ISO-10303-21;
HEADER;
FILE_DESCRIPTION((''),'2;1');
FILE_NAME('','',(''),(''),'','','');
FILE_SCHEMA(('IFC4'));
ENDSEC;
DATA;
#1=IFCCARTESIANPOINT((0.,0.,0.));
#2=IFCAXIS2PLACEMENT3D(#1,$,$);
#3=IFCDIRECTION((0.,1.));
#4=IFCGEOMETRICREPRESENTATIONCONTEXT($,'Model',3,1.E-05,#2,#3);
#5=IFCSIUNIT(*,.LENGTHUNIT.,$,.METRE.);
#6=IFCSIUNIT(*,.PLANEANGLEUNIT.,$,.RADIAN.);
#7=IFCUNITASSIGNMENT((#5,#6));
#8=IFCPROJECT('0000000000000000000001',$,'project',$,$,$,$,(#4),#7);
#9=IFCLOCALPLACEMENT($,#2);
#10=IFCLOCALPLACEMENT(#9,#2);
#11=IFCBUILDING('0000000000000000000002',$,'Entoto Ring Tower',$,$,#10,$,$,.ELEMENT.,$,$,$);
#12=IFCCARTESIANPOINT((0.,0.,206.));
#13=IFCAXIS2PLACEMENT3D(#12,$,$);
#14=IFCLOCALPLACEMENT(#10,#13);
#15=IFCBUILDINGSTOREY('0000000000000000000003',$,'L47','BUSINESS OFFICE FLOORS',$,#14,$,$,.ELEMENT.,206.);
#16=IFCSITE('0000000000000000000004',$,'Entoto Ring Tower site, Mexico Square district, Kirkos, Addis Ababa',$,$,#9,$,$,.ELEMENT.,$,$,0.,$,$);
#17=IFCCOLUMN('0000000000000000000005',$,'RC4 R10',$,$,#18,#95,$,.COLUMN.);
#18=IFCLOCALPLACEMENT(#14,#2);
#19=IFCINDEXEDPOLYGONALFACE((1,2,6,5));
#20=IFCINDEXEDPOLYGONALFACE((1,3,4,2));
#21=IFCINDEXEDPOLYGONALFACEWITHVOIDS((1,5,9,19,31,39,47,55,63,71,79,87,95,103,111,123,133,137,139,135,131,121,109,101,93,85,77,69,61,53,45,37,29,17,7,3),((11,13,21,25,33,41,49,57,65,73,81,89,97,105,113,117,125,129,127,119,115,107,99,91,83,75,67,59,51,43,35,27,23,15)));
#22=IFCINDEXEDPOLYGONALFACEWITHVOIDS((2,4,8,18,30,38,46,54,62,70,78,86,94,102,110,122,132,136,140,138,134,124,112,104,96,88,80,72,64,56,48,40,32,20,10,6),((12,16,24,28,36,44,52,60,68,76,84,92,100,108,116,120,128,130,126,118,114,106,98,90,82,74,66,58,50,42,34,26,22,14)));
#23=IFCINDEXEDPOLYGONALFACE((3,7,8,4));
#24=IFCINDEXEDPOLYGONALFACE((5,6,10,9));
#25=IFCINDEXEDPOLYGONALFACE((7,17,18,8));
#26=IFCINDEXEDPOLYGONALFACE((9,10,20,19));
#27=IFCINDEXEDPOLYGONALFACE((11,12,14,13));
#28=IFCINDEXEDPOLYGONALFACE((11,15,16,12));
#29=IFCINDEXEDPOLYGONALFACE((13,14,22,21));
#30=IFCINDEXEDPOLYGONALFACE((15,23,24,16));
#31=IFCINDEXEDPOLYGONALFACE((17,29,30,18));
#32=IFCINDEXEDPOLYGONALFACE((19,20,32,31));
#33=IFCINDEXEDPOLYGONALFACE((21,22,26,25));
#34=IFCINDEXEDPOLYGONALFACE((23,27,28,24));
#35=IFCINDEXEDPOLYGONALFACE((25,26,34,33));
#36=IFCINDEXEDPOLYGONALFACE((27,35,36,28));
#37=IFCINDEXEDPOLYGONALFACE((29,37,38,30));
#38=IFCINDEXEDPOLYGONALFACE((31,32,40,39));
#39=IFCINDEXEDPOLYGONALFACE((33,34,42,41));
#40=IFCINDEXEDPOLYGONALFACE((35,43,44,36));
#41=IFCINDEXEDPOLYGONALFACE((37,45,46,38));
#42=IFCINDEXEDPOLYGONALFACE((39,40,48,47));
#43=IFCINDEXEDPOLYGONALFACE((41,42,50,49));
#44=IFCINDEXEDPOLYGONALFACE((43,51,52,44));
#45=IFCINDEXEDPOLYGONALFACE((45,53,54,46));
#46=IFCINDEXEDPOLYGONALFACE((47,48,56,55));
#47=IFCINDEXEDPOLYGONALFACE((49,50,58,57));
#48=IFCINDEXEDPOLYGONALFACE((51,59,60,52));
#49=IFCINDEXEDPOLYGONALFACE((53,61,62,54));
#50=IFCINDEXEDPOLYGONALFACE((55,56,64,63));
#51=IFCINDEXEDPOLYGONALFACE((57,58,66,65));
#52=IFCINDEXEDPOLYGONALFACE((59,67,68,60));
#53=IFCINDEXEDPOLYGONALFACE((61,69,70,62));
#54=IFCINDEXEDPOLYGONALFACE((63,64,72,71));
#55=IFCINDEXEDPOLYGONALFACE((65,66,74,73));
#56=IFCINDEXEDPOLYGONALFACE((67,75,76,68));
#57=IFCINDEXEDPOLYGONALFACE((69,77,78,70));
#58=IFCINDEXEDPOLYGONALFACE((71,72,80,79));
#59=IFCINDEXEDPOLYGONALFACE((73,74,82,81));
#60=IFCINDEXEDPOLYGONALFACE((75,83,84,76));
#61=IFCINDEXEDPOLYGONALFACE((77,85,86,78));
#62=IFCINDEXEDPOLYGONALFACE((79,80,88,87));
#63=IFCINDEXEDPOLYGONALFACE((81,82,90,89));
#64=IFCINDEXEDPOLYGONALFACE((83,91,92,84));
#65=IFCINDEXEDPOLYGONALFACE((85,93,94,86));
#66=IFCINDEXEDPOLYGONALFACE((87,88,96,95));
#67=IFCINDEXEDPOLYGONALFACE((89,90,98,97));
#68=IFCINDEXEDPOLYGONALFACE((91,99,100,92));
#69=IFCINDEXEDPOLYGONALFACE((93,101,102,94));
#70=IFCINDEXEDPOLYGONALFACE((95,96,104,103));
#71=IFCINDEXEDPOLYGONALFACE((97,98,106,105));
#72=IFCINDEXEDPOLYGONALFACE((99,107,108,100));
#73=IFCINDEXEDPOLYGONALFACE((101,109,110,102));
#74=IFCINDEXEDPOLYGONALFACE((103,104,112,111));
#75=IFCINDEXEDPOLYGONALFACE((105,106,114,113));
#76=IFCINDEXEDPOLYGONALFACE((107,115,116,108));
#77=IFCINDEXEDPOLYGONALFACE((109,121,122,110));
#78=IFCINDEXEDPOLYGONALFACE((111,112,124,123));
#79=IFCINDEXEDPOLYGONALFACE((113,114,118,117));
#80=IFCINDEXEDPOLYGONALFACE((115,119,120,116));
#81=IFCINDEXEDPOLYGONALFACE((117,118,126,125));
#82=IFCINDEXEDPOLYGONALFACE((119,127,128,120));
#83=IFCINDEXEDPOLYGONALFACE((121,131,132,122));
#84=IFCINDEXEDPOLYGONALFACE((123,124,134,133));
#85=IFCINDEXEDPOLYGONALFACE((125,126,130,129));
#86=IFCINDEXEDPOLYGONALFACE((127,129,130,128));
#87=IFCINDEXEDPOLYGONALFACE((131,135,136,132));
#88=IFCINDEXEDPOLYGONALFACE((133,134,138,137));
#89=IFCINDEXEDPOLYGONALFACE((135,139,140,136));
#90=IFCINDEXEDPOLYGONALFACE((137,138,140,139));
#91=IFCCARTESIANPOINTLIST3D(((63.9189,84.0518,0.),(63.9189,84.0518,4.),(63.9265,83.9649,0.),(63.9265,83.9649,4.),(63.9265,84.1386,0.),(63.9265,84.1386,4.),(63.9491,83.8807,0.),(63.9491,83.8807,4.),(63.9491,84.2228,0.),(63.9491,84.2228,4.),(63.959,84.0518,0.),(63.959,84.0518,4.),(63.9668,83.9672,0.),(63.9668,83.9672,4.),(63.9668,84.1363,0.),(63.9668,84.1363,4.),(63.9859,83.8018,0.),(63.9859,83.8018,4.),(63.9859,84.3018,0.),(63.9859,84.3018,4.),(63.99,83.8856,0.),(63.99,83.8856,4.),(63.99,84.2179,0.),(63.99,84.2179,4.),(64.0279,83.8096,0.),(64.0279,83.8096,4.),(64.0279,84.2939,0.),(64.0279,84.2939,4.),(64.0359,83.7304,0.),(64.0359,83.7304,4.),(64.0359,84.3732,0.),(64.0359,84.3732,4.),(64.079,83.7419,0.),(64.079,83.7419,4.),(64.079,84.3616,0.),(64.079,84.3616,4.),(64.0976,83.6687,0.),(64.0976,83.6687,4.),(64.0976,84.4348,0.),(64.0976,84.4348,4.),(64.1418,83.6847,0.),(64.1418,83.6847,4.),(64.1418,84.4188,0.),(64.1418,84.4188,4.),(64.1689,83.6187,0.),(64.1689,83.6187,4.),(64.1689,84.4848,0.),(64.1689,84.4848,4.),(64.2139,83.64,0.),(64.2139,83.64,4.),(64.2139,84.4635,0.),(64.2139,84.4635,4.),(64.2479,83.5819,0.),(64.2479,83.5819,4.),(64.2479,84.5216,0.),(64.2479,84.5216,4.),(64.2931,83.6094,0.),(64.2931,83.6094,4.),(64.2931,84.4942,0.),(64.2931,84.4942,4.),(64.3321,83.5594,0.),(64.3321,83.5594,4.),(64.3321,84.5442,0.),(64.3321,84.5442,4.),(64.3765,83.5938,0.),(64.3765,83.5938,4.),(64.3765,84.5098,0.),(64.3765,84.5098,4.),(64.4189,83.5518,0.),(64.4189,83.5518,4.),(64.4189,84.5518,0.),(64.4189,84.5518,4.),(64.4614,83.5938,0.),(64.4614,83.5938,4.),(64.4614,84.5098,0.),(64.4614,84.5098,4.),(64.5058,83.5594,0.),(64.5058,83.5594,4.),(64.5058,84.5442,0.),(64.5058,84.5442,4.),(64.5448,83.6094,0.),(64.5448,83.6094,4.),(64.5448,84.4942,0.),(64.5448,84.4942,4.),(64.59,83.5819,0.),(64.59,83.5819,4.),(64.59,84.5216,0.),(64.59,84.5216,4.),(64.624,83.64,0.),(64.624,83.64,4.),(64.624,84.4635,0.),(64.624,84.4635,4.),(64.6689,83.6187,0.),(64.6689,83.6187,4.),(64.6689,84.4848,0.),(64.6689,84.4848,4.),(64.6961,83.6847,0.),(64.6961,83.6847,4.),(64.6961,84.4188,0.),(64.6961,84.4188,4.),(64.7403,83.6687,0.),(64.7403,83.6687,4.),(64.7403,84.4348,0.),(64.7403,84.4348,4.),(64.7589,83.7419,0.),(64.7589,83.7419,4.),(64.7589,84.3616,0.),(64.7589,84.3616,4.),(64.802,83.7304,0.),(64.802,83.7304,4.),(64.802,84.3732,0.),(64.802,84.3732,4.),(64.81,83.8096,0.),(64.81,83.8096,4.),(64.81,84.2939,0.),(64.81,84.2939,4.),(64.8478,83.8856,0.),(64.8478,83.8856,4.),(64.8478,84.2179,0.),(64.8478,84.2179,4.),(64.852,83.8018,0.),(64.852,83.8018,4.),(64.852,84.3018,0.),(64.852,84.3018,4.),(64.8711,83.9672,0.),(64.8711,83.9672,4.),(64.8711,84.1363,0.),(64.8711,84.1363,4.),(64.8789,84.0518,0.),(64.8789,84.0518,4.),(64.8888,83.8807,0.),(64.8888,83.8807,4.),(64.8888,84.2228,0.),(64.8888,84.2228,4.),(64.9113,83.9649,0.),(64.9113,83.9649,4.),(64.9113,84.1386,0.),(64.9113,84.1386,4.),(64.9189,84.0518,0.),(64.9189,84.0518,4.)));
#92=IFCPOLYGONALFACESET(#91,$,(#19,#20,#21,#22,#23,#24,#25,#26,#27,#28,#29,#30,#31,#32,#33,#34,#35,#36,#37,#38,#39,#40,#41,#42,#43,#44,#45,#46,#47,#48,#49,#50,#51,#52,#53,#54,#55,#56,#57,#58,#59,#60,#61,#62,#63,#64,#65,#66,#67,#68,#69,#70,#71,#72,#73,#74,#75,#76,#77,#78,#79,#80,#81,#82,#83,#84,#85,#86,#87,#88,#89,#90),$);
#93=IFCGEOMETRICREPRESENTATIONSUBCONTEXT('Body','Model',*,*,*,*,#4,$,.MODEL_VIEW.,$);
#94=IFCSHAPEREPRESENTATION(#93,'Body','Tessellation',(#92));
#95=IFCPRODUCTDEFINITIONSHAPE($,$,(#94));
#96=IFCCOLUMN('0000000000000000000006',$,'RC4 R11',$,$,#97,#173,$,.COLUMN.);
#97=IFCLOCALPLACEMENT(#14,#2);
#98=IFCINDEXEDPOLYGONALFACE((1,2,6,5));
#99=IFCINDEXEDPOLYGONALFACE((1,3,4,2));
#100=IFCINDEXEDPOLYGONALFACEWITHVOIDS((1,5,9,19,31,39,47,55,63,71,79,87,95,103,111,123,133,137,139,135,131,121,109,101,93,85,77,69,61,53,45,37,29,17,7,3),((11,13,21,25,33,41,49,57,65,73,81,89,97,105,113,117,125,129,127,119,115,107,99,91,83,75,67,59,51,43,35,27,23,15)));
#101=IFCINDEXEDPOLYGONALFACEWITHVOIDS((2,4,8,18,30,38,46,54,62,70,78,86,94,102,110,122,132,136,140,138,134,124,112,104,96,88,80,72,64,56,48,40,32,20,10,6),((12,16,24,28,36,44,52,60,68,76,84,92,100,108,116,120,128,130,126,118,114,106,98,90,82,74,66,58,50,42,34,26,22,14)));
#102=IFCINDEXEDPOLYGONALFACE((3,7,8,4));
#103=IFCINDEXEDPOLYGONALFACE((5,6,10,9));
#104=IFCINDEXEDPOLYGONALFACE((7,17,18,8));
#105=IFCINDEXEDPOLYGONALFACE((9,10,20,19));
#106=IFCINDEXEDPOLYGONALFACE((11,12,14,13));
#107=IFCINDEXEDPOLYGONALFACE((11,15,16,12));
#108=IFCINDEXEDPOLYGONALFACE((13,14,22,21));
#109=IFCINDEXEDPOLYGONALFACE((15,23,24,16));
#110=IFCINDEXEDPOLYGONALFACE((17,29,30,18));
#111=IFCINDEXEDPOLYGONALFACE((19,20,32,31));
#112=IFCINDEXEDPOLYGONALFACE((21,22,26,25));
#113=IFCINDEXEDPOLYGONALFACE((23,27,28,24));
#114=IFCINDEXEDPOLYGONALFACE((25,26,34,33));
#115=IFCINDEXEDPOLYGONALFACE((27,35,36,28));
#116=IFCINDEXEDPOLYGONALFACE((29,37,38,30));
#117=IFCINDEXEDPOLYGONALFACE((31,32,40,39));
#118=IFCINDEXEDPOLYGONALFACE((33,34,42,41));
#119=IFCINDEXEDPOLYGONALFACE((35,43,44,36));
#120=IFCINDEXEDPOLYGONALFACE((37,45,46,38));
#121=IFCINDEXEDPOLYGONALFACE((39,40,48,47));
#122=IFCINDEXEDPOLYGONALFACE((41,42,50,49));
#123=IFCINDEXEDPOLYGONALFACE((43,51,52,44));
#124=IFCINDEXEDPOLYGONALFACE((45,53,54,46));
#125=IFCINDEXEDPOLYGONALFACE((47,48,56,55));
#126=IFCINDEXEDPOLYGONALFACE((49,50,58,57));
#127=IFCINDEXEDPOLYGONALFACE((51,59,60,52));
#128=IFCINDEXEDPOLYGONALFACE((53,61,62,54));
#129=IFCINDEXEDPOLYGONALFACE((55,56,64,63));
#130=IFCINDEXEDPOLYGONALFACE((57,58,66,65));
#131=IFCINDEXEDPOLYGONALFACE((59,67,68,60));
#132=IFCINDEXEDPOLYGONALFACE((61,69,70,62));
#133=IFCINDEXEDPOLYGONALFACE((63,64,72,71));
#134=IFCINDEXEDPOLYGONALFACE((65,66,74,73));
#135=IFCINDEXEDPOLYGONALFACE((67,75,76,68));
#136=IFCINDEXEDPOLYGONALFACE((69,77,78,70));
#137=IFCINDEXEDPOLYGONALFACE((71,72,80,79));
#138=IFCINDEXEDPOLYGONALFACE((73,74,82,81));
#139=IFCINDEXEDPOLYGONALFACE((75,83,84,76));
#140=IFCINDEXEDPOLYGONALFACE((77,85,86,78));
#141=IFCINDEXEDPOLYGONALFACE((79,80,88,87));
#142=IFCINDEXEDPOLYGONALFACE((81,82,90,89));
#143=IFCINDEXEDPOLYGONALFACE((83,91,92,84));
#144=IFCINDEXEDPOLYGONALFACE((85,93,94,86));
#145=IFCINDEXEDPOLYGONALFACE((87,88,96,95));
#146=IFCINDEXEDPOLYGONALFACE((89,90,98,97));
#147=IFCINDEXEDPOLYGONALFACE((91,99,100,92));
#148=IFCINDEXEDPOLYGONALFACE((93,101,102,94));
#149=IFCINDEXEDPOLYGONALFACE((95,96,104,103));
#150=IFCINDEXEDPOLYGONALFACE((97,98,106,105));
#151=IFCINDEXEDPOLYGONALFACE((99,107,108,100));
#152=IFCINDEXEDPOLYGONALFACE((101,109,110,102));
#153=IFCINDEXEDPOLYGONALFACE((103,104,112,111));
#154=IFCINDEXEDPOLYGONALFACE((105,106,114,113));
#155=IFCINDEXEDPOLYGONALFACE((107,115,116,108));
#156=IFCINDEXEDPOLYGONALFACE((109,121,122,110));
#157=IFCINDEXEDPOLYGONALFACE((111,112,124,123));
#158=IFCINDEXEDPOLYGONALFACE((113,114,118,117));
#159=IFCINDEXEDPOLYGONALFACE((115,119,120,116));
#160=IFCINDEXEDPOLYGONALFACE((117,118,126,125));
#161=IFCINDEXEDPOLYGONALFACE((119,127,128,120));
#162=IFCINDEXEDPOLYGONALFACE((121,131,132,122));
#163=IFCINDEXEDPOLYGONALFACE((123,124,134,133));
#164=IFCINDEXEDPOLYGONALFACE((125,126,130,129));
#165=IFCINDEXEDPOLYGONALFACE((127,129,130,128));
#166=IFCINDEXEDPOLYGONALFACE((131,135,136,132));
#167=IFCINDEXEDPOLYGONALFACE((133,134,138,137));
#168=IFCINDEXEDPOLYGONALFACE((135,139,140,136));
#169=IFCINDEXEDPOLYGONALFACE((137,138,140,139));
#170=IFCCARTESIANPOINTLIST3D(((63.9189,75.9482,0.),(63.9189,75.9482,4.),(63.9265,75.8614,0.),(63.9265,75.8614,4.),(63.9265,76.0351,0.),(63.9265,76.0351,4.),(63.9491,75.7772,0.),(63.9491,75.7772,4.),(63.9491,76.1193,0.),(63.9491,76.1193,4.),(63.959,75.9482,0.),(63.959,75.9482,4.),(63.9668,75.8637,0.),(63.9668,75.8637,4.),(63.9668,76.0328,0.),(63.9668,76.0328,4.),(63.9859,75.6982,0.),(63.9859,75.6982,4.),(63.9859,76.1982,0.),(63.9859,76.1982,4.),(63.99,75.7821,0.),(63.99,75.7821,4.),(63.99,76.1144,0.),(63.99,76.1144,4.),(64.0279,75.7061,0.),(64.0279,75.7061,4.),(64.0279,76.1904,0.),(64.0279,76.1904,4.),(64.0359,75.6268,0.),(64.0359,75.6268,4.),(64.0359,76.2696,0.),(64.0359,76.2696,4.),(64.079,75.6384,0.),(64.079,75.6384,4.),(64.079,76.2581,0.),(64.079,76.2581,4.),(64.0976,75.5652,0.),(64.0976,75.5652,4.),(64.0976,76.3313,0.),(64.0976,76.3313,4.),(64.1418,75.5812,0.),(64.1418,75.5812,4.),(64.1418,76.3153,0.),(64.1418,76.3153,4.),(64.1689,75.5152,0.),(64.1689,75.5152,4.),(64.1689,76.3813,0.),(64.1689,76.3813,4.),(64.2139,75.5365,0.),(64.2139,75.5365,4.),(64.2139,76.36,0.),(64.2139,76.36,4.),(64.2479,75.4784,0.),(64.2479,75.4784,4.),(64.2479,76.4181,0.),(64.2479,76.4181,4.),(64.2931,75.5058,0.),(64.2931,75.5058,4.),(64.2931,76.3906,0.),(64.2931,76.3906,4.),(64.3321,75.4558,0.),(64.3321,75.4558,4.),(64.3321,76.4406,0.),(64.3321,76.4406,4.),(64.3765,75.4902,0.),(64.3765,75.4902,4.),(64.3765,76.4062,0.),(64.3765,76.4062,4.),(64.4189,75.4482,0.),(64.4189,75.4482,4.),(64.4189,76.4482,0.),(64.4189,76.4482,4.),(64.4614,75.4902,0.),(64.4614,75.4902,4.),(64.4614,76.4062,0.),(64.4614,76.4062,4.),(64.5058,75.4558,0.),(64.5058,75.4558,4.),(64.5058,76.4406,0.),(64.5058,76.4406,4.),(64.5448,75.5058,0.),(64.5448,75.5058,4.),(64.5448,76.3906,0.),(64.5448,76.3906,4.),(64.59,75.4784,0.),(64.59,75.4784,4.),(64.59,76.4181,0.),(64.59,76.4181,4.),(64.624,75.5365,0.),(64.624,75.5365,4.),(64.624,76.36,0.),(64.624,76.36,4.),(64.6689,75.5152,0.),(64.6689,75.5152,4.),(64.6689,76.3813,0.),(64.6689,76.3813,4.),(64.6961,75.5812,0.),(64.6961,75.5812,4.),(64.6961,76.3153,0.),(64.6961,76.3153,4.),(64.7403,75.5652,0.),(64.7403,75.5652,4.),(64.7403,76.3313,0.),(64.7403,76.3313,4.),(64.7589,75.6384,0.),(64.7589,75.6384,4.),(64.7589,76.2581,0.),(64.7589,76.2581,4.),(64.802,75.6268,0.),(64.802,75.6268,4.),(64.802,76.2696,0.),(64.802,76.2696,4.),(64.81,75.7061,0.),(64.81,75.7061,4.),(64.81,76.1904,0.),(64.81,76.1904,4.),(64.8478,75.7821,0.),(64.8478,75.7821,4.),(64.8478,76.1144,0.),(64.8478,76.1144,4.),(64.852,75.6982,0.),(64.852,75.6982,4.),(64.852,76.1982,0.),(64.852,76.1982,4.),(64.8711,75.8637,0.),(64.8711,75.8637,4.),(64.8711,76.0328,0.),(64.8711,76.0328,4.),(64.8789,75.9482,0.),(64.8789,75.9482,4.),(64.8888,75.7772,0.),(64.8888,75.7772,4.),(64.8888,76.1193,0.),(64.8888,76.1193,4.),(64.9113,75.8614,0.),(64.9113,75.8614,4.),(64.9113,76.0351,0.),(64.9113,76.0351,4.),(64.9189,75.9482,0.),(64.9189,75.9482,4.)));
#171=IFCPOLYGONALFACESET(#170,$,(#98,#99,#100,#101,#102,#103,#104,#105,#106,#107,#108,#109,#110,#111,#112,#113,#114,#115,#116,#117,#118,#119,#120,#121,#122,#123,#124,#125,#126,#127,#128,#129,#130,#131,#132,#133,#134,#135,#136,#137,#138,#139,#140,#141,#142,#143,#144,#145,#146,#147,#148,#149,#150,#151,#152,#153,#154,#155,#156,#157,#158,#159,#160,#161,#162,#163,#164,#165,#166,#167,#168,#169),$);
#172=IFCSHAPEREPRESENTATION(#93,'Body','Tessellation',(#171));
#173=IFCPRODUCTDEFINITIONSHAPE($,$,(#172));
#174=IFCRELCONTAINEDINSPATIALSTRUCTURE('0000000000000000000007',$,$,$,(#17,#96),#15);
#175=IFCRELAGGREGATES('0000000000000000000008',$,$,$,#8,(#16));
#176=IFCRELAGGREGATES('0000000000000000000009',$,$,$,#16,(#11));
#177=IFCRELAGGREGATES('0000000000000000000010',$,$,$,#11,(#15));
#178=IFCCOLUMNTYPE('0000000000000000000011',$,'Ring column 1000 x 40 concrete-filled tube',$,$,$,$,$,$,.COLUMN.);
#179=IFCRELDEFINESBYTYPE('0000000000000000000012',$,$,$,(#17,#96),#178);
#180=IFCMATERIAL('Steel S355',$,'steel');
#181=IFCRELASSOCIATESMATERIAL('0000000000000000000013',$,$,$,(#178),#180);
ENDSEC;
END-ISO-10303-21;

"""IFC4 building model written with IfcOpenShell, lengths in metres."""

from ifc_helpers import new_model, si_unit, direction, frame, origin, origin_2d, place, context, subcontext, project, spatial, circle, hollow_circle, extrude, material, material_profile, profile_set, type_object, element, save


model = new_model("IFC4")

# Units and contexts
model_context = context("Model", 3, precision=1e-05, world=origin(), true_north=direction((0.0, 1.0)))
body_context = subcontext(model_context, "Body", "Model", "MODEL_VIEW")
ifc_project = project(units=[si_unit("LENGTHUNIT", "METRE"), si_unit("PLANEANGLEUNIT", "RADIAN")], contexts=[model_context])

# Site, building, storey
site_placement = place(None, origin())
site = spatial("IfcSite", under=ifc_project, at=site_placement, Name="Entoto Ring Tower site, Mexico Square district, Kirkos, Addis Ababa", CompositionType="ELEMENT", RefElevation=0.0)
building_placement = place(site_placement, origin())
building = spatial("IfcBuilding", under=site, at=building_placement, Name="Entoto Ring Tower", CompositionType="ELEMENT")
storey_placement = place(building_placement, frame((0.0, 0.0, 206.0)))
storey = spatial("IfcBuildingStorey", under=building, at=storey_placement, Name="L47", Description="BUSINESS OFFICE FLOORS", CompositionType="ELEMENT", Elevation=206.0)

# Columns
ifc_material_1 = material(Name="Steel S355", Category="steel")
ifc_material_profile_1 = material_profile(ifc_material_1, hollow_circle(Radius=0.5, WallThickness=0.04, at=origin_2d()), Name="CHS 1000 x 40")
ifc_material_2 = material(Name="Concrete C60/75", Category="concrete")
ifc_material_profile_2 = material_profile(ifc_material_2, circle(Radius=0.46, at=origin_2d()), Name="Concrete C60/75 infill")
ifc_profile_set_1 = profile_set([ifc_material_profile_1, ifc_material_profile_2], Name="Steel S355")
column_type = type_object("IfcColumnType", Name="Ring column 1000 x 40 concrete-filled tube", PredefinedType="COLUMN", material=ifc_profile_set_1)
for number, where, z_axis, x_axis, name in (
    (1, (64.4189, 84.0518, 0.0), (0.0, 0.0, 1.0), (1.0, 0.0, 0.0), "RC4 R10"),
    (2, (64.4189, 75.9482, 0.0), (0.0, 0.0, 1.0), (1.0, 0.0, 0.0), "RC4 R11"),
):
    element("IfcColumn", number, at=place(storey_placement, frame(where, z_axis=z_axis, x_axis=x_axis)), inside=storey, type_object=column_type, Name=name, PredefinedType="COLUMN", context=body_context, shape_type="SweptSolid", body=[
        extrude(hollow_circle(Radius=0.5, WallThickness=0.04, at=origin_2d()), origin(), (0.0, 0.0, 1.0), 4.0),
    ])

save(model, "model.ifc")
